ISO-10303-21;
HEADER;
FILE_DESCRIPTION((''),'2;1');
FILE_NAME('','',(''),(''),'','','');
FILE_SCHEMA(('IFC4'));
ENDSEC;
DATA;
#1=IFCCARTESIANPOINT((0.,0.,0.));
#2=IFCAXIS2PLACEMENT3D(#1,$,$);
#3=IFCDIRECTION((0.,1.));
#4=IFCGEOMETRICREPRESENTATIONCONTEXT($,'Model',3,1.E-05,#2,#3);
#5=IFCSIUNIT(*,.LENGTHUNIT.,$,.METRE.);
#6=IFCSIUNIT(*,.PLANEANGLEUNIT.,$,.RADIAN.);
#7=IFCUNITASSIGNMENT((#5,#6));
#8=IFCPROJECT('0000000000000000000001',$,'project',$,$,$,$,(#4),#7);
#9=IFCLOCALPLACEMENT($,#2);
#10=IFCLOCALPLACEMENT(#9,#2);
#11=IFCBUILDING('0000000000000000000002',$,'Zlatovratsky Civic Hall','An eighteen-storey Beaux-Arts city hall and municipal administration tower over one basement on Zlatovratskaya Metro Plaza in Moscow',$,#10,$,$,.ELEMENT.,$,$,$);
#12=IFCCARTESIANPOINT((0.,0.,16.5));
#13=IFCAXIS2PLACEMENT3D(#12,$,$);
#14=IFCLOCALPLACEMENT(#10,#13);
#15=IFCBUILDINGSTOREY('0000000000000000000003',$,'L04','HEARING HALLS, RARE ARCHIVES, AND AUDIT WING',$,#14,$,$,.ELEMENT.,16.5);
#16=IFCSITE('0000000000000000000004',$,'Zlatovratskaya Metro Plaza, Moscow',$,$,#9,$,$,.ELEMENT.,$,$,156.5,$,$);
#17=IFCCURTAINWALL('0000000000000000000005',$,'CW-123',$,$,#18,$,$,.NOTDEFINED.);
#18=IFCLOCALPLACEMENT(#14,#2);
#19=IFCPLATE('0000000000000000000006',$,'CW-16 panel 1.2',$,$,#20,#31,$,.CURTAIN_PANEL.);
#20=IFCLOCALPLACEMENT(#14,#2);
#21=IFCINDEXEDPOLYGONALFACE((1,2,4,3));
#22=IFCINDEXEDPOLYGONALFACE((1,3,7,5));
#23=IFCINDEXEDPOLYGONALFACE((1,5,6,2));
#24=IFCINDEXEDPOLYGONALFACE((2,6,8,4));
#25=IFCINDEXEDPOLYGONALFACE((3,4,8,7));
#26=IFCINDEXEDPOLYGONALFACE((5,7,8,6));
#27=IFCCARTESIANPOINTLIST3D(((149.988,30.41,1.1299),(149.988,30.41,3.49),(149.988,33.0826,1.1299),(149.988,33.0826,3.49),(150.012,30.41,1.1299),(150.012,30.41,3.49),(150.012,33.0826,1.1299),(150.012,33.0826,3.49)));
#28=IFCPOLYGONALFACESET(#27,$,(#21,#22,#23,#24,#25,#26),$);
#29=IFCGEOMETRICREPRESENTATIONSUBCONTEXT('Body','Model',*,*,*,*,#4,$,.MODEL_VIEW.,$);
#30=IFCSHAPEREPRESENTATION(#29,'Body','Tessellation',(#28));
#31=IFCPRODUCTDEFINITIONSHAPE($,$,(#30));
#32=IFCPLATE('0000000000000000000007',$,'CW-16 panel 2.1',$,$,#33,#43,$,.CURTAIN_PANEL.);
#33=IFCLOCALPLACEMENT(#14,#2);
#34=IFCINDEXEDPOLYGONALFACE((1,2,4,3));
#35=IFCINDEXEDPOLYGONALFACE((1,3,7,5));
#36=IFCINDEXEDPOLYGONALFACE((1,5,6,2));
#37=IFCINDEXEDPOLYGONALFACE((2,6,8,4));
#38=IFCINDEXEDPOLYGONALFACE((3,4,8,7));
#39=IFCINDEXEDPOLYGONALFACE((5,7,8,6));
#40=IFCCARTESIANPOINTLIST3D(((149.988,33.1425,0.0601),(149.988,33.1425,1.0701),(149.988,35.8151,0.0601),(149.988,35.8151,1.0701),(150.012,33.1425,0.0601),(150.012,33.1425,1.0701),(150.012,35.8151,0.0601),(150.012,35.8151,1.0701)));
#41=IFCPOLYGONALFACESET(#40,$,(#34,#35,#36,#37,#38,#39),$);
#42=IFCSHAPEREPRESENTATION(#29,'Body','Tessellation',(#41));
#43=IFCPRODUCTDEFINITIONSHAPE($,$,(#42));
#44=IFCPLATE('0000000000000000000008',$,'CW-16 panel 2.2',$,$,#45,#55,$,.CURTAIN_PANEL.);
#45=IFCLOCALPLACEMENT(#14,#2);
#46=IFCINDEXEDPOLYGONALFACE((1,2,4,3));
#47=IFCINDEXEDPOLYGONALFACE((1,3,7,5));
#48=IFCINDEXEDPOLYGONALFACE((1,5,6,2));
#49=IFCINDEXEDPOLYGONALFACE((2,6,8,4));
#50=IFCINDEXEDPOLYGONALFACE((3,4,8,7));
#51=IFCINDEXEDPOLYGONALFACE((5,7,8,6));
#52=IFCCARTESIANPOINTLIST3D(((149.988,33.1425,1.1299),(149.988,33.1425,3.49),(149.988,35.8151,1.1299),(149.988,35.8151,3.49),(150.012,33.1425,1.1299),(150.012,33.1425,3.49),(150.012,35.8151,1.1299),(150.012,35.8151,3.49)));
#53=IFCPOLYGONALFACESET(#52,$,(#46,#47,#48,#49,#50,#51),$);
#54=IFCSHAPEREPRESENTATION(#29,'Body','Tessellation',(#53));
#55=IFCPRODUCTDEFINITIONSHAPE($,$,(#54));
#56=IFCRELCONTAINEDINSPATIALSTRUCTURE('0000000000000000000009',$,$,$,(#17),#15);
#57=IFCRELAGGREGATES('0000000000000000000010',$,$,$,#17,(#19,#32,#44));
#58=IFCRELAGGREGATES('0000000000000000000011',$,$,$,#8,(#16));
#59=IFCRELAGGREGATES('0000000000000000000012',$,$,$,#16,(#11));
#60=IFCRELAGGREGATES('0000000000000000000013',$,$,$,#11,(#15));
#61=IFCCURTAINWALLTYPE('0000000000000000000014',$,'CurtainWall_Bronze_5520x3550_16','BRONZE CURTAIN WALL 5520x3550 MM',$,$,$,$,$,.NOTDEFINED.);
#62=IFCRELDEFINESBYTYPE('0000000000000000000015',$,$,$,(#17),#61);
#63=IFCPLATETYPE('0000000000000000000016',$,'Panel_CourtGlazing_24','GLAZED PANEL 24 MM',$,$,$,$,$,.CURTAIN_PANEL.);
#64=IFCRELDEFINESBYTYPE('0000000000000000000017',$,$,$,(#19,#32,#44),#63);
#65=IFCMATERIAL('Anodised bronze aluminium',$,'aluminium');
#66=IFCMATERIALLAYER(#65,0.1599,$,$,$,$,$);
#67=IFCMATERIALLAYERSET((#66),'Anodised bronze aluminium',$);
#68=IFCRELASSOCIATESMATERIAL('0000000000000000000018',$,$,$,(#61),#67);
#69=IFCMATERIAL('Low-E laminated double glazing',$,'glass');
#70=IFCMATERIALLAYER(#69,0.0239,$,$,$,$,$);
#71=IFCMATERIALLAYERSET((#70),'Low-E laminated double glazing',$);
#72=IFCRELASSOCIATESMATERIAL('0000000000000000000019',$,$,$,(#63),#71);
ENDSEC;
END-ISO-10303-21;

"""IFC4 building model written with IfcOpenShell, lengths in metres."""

from ifc_helpers import new_model, si_unit, direction, frame, origin, origin_2d, place, context, subcontext, project, spatial, rectangle, extrude, material, layer, layer_set, type_object, element, aggregate, save


model = new_model("IFC4")

# Units and contexts
model_context = context("Model", 3, precision=1e-05, world=origin(), true_north=direction((0.0, 1.0)))
body_context = subcontext(model_context, "Body", "Model", "MODEL_VIEW")
ifc_project = project(units=[si_unit("LENGTHUNIT", "METRE"), si_unit("PLANEANGLEUNIT", "RADIAN")], contexts=[model_context])

# Site, building, storey
site_placement = place(None, origin())
site = spatial("IfcSite", under=ifc_project, at=site_placement, Name="Zlatovratskaya Metro Plaza, Moscow", CompositionType="ELEMENT", RefElevation=156.5)
building_placement = place(site_placement, origin())
building = spatial("IfcBuilding", under=site, at=building_placement, Name="Zlatovratsky Civic Hall", Description="An eighteen-storey Beaux-Arts city hall and municipal administration tower over one basement on Zlatovratskaya Metro Plaza in Moscow", CompositionType="ELEMENT")
storey_placement = place(building_placement, frame((0.0, 0.0, 16.5)))
storey = spatial("IfcBuildingStorey", under=building, at=storey_placement, Name="L04", Description="HEARING HALLS, RARE ARCHIVES, AND AUDIT WING", CompositionType="ELEMENT", Elevation=16.5)

# Shared definitions
ifc_material_1 = material(Name="Anodised bronze aluminium", Category="aluminium")

# Curtain wall
ifc_layer_1 = layer(ifc_material_1, 0.1599)
ifc_layer_set_1 = layer_set([ifc_layer_1], Name="Anodised bronze aluminium")
curtain_wall_type_1 = type_object("IfcCurtainWallType", Name="CurtainWall_Bronze_5520x3550_16", Description="BRONZE CURTAIN WALL 5520x3550 MM", PredefinedType="NOTDEFINED", material=ifc_layer_set_1)
curtain_wall_1_placement = place(storey_placement, origin())
curtain_wall_1 = element("IfcCurtainWall", 1, at=curtain_wall_1_placement, inside=storey, type_object=curtain_wall_type_1, Name="CW-123", PredefinedType="NOTDEFINED")

# Plates
ifc_material_2 = material(Name="Low-E laminated double glazing", Category="glass")
ifc_layer_2 = layer(ifc_material_2, 0.0239)
ifc_layer_set_2 = layer_set([ifc_layer_2], Name="Low-E laminated double glazing")
plate_type = type_object("IfcPlateType", Name="Panel_CourtGlazing_24", Description="GLAZED PANEL 24 MM", PredefinedType="CURTAIN_PANEL", material=ifc_layer_set_2)
plate_1_placement = place(storey_placement, frame((150.0, 31.7463, 1.1299), z_axis=(0.0, 0.0, 1.0), x_axis=(0.0, 1.0, 0.0)))
plate_1 = element("IfcPlate", 2, at=plate_1_placement, type_object=plate_type, Name="CW-16 panel 1.2", PredefinedType="CURTAIN_PANEL", context=body_context, shape_type="SweptSolid", body=[
    extrude(rectangle(XDim=2.6726, YDim=0.0239, at=origin_2d()), origin(), (0.0, 0.0, 1.0), 2.3601),
])
plate_2_placement = place(storey_placement, frame((150.0, 34.4788, 0.0601), z_axis=(0.0, 0.0, 1.0), x_axis=(0.0, 1.0, 0.0)))
plate_2 = element("IfcPlate", 3, at=plate_2_placement, type_object=plate_type, Name="CW-16 panel 2.1", PredefinedType="CURTAIN_PANEL", context=body_context, shape_type="SweptSolid", body=[
    extrude(rectangle(XDim=2.6726, YDim=0.0239, at=origin_2d()), origin(), (0.0, 0.0, 1.0), 1.01),
])
plate_3_placement = place(storey_placement, frame((150.0, 34.4788, 1.1299), z_axis=(0.0, 0.0, 1.0), x_axis=(0.0, 1.0, 0.0)))
plate_3 = element("IfcPlate", 4, at=plate_3_placement, type_object=plate_type, Name="CW-16 panel 2.2", PredefinedType="CURTAIN_PANEL", context=body_context, shape_type="SweptSolid", body=[
    extrude(rectangle(XDim=2.6726, YDim=0.0239, at=origin_2d()), origin(), (0.0, 0.0, 1.0), 2.3601),
])
aggregate(curtain_wall_1, [plate_1, plate_2, plate_3])

save(model, "model.ifc")
